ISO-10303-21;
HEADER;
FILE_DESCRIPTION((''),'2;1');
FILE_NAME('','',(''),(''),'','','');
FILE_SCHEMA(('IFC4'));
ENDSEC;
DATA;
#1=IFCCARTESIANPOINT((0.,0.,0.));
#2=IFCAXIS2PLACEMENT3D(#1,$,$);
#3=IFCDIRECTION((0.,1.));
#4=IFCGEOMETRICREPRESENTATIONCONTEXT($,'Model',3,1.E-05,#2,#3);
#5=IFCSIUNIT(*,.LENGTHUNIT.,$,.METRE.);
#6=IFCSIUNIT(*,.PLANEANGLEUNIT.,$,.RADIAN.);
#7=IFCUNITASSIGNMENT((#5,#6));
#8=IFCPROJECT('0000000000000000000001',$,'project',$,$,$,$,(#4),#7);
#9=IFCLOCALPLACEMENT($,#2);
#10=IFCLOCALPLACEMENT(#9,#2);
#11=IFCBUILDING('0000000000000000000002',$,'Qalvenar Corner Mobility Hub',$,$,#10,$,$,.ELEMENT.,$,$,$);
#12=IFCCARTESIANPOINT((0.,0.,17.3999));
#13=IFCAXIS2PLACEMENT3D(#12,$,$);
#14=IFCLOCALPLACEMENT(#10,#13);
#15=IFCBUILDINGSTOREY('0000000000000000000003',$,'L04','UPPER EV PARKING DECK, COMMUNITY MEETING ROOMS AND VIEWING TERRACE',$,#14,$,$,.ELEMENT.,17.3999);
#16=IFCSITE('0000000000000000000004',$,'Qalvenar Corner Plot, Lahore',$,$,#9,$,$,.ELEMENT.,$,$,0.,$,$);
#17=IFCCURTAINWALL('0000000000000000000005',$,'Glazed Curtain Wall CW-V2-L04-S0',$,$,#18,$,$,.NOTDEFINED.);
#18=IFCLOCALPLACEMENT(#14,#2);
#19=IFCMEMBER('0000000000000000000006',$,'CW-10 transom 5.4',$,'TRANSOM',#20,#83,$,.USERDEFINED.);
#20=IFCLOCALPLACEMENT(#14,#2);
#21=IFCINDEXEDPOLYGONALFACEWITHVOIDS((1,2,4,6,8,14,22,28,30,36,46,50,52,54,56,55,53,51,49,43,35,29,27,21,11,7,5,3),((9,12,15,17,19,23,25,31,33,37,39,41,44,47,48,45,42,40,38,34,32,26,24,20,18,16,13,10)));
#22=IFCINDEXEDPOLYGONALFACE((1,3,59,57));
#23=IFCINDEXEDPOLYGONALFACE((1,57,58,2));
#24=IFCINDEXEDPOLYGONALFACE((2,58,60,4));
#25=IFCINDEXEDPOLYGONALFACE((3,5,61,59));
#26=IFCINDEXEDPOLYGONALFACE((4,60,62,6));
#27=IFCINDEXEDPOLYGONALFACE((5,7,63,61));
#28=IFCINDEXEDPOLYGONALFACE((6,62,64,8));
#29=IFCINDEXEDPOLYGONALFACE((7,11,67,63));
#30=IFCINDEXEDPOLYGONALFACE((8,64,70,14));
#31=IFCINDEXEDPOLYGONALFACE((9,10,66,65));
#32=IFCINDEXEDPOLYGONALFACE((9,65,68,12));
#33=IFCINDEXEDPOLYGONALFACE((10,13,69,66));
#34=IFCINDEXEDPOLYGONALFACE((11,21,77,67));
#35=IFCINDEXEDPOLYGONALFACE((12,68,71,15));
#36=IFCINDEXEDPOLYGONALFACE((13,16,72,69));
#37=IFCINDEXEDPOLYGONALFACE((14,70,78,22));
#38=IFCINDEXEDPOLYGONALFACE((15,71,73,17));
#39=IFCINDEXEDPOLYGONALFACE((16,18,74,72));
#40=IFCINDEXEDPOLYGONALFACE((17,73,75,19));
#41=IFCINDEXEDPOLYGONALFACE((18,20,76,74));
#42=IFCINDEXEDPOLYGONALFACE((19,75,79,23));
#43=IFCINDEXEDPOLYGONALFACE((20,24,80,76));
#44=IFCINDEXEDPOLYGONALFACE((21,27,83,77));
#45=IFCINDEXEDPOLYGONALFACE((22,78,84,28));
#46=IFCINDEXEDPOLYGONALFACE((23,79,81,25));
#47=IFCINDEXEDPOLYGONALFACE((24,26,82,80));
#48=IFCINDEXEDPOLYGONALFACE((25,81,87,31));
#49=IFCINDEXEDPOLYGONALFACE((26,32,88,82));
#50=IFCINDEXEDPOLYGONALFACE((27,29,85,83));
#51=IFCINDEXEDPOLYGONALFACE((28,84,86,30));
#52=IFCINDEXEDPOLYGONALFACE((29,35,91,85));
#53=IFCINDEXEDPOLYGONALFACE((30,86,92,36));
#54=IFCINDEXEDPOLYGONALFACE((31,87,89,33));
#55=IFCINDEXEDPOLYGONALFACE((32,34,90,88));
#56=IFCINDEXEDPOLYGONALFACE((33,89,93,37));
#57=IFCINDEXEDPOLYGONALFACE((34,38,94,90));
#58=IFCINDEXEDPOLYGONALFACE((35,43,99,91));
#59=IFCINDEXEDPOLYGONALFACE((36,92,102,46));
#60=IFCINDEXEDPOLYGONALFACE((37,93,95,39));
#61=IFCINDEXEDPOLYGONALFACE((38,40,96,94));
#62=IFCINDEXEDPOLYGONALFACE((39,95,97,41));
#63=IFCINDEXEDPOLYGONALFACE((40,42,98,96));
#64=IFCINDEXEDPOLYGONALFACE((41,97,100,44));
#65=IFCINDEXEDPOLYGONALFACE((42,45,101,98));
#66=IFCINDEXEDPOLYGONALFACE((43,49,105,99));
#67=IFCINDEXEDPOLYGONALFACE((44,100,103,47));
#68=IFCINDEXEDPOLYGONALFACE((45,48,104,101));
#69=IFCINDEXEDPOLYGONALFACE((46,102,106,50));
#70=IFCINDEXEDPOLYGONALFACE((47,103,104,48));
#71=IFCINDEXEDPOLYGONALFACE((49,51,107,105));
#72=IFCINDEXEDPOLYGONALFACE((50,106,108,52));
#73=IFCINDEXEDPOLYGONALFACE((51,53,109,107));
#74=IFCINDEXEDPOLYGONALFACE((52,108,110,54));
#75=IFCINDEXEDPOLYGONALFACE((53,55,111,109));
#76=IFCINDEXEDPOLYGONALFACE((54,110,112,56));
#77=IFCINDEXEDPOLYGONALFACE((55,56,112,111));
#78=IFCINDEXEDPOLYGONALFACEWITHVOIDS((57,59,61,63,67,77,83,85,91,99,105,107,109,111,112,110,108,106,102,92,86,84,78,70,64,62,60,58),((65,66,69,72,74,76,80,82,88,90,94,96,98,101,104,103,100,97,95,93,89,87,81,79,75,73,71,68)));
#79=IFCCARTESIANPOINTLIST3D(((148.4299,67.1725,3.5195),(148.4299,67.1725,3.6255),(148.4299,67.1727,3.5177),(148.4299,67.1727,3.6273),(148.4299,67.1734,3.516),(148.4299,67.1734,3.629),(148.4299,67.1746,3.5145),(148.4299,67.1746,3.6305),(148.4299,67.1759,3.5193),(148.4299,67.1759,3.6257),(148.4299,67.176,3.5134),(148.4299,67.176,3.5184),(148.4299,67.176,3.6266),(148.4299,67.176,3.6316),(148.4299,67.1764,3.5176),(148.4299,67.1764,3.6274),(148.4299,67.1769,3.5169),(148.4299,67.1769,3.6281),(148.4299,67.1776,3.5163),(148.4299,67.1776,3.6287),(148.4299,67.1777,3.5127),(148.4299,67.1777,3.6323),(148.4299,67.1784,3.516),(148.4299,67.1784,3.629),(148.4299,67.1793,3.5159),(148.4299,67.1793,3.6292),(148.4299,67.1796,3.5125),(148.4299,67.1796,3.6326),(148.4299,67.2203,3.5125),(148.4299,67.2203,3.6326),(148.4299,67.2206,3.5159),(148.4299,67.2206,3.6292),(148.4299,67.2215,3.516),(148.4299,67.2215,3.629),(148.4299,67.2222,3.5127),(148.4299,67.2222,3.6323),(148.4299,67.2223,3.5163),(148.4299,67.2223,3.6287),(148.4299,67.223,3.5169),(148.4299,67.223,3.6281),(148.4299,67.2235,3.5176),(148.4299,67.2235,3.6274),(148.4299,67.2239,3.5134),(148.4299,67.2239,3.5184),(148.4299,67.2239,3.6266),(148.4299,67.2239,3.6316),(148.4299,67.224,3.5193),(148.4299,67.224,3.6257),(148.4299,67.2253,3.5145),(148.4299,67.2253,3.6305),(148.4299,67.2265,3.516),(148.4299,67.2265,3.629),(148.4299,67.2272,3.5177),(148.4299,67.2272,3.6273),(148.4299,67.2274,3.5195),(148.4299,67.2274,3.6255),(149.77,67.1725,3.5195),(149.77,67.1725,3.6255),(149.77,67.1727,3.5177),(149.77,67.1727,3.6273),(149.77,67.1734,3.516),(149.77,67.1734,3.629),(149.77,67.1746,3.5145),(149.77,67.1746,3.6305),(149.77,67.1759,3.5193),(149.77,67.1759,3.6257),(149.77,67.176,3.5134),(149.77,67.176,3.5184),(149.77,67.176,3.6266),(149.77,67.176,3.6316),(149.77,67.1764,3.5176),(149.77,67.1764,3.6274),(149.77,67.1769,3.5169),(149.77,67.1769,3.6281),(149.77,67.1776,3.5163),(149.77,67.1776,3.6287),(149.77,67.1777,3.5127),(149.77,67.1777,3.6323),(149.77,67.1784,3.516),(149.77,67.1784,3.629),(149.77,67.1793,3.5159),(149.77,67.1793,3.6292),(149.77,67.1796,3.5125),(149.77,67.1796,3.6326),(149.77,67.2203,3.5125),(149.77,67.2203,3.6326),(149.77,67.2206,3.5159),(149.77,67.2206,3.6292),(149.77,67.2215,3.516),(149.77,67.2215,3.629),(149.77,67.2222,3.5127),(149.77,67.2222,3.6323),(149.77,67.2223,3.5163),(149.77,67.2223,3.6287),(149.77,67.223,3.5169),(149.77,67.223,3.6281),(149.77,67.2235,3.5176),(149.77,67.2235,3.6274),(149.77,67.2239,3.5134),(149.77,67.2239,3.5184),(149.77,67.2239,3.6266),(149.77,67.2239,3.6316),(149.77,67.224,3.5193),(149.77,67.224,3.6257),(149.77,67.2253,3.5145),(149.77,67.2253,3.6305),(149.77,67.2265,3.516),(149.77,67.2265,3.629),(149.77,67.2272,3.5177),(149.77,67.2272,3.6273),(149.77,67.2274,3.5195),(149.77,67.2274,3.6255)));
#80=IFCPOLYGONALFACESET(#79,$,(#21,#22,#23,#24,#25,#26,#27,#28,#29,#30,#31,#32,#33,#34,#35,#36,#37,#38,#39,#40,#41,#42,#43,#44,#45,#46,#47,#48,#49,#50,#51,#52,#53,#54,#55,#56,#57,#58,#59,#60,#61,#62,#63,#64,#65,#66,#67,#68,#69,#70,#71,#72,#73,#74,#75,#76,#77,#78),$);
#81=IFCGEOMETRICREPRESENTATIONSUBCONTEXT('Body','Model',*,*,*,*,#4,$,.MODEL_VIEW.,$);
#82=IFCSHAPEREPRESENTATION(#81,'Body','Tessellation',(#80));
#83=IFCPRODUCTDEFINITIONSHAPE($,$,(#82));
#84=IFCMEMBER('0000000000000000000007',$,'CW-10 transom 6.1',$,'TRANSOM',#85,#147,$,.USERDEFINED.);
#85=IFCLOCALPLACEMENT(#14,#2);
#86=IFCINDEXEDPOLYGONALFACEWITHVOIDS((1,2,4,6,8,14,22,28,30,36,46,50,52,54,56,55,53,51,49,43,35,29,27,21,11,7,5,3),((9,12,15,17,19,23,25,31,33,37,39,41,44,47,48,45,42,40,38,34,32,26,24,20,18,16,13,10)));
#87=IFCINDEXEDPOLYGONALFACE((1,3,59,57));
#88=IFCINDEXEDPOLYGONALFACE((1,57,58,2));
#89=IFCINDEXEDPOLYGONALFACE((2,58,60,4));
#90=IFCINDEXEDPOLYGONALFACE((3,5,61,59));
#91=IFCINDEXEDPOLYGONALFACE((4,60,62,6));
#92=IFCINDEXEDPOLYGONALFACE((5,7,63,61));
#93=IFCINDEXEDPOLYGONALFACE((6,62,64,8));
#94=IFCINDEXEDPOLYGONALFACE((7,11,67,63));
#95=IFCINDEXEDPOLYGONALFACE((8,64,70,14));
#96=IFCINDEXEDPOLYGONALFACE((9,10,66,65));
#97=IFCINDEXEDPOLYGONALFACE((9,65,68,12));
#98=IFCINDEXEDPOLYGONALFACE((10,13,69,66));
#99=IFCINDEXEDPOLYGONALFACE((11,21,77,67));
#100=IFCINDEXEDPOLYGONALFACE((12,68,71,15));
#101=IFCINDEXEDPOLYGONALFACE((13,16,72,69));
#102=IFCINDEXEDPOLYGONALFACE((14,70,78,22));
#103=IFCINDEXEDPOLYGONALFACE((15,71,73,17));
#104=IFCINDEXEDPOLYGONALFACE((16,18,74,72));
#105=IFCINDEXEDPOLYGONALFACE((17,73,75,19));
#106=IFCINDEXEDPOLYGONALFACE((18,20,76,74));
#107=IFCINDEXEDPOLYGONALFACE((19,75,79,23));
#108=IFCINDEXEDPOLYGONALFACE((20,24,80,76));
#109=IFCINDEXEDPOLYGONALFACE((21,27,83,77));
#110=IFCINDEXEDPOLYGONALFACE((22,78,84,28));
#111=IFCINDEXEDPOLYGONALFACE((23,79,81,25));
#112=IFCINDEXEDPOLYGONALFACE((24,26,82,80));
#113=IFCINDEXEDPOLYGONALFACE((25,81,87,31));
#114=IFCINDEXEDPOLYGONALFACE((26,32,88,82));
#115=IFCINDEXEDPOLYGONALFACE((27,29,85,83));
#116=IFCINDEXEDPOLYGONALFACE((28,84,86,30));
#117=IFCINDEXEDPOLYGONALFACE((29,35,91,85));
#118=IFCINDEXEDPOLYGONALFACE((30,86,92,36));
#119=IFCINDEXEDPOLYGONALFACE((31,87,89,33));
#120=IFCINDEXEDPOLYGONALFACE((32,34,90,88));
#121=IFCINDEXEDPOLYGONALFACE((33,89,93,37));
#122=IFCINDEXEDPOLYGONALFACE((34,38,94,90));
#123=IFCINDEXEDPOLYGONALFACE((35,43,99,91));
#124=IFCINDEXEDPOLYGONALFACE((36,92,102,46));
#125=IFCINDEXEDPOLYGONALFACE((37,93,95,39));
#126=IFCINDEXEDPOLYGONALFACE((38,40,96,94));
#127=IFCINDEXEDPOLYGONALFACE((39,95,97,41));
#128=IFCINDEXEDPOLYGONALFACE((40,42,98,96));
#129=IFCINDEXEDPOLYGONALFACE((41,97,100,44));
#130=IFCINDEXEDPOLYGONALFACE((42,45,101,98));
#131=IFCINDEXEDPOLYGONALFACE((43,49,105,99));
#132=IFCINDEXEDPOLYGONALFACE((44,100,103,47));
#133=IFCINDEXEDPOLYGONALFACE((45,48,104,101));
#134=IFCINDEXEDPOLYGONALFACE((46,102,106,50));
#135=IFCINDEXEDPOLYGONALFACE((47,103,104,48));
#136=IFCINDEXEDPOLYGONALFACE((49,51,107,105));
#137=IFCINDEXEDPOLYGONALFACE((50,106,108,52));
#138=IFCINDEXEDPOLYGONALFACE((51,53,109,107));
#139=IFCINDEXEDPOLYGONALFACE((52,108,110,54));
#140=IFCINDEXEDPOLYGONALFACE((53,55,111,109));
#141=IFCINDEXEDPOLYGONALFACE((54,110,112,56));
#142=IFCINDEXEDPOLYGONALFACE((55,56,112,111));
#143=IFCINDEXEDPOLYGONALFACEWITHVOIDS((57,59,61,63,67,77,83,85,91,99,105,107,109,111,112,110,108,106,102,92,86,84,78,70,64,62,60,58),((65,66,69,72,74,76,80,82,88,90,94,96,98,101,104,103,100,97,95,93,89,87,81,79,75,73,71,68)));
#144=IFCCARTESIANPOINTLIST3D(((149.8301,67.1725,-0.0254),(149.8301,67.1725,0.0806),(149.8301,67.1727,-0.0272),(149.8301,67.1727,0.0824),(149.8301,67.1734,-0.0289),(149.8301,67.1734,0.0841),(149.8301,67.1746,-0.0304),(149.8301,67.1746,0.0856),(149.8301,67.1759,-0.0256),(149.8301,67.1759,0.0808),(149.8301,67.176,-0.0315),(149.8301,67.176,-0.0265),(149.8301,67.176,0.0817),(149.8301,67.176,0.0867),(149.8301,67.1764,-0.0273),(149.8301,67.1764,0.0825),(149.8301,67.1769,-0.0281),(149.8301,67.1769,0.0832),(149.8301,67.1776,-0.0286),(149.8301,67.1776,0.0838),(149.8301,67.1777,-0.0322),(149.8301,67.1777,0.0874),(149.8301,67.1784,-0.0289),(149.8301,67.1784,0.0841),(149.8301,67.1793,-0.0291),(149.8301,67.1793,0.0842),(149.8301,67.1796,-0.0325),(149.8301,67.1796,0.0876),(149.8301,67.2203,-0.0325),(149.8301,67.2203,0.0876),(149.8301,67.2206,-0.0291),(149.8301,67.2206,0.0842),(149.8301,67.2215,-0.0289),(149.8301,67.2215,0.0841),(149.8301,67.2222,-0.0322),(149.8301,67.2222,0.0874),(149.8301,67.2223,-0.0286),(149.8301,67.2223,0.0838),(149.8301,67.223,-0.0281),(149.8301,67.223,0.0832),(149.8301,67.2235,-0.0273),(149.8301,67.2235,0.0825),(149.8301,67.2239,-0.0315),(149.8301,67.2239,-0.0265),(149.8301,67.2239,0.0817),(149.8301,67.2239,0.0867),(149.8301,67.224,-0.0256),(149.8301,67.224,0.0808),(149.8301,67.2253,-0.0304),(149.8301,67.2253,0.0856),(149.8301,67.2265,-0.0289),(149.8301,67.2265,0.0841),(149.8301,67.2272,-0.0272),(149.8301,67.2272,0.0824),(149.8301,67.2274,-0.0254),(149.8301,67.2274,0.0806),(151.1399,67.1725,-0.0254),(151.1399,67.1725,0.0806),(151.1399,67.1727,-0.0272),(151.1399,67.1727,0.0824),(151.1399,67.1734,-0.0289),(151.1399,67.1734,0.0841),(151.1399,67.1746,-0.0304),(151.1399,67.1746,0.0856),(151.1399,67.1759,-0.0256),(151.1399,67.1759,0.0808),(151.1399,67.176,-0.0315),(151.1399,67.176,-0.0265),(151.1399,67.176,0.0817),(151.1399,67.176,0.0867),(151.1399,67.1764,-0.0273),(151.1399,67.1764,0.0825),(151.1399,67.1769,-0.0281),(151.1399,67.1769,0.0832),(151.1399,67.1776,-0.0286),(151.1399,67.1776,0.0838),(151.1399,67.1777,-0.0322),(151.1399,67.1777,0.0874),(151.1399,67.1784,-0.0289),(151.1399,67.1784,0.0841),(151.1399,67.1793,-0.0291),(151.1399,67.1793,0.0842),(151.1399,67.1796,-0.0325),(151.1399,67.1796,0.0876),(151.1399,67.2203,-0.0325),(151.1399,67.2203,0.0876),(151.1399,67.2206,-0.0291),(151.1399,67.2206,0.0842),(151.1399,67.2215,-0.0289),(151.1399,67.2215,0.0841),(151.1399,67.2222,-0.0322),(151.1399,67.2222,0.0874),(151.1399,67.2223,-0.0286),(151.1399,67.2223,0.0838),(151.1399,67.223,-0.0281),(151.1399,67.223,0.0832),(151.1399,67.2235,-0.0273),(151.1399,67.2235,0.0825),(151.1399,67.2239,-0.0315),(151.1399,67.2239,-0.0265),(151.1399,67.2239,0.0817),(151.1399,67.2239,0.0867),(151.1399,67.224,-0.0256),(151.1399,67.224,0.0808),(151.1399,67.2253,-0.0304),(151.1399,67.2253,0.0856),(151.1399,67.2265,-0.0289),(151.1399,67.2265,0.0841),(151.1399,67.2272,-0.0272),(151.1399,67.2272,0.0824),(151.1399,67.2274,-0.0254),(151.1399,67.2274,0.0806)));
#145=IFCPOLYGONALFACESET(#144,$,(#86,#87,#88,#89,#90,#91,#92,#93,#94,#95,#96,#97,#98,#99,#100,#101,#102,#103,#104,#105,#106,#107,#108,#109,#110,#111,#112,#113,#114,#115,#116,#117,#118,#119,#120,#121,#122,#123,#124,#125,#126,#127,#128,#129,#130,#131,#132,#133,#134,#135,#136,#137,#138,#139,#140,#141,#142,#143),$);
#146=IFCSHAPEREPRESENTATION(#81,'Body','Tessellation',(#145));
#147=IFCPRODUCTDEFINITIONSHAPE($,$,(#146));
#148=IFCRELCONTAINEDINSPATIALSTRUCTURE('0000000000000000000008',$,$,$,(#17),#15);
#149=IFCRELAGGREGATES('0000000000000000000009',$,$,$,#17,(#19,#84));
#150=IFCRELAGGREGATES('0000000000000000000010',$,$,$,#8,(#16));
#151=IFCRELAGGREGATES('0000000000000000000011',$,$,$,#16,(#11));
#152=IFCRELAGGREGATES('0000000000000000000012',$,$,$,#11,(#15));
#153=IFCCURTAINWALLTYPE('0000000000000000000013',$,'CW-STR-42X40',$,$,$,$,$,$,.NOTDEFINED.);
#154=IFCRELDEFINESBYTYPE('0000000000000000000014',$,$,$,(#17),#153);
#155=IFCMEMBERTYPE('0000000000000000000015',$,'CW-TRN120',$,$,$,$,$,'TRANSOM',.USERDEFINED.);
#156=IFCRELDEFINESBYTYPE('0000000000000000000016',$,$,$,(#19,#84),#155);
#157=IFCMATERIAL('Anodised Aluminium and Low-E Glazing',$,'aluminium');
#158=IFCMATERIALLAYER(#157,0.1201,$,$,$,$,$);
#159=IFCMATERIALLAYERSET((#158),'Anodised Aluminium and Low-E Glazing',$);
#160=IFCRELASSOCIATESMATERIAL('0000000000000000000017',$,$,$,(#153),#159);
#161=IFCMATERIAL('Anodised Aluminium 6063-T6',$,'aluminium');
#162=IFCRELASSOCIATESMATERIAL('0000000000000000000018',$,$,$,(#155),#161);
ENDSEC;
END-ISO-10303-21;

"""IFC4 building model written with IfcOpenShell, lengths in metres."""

from ifc_helpers import new_model, si_unit, direction, frame, origin, origin_2d, place, context, subcontext, project, spatial, hollow_rectangle, extrude, material, layer, layer_set, material_profile, profile_set, type_object, element, aggregate, save


model = new_model("IFC4")

# Units and contexts
model_context = context("Model", 3, precision=1e-05, world=origin(), true_north=direction((0.0, 1.0)))
body_context = subcontext(model_context, "Body", "Model", "MODEL_VIEW")
ifc_project = project(units=[si_unit("LENGTHUNIT", "METRE"), si_unit("PLANEANGLEUNIT", "RADIAN")], contexts=[model_context])

# Site, building, storey
site_placement = place(None, origin())
site = spatial("IfcSite", under=ifc_project, at=site_placement, Name="Qalvenar Corner Plot, Lahore", CompositionType="ELEMENT", RefElevation=0.0)
building_placement = place(site_placement, origin())
building = spatial("IfcBuilding", under=site, at=building_placement, Name="Qalvenar Corner Mobility Hub", CompositionType="ELEMENT")
storey_placement = place(building_placement, frame((0.0, 0.0, 17.3999)))
storey = spatial("IfcBuildingStorey", under=building, at=storey_placement, Name="L04", Description="UPPER EV PARKING DECK, COMMUNITY MEETING ROOMS AND VIEWING TERRACE", CompositionType="ELEMENT", Elevation=17.3999)

# Curtain wall
ifc_material_1 = material(Name="Anodised Aluminium and Low-E Glazing", Category="aluminium")
ifc_layer_1 = layer(ifc_material_1, 0.1201)
ifc_layer_set_1 = layer_set([ifc_layer_1], Name="Anodised Aluminium and Low-E Glazing")
curtain_wall_type = type_object("IfcCurtainWallType", Name="CW-STR-42X40", PredefinedType="NOTDEFINED", material=ifc_layer_set_1)
curtain_wall_1_placement = place(storey_placement, origin())
curtain_wall_1 = element("IfcCurtainWall", 1, at=curtain_wall_1_placement, inside=storey, type_object=curtain_wall_type, Name="Glazed Curtain Wall CW-V2-L04-S0", PredefinedType="NOTDEFINED")
ifc_material_2 = material(Name="Anodised Aluminium 6063-T6", Category="aluminium")

# Members
ifc_material_profile_1 = material_profile(ifc_material_2, hollow_rectangle(XDim=0.0549, YDim=0.1201, WallThickness=0.0034, InnerFilletRadius=0.0034, OuterFilletRadius=0.0071, at=origin_2d()), Name="RHS120x55x3.5")
ifc_profile_set_1 = profile_set([ifc_material_profile_1], Name="Anodised Aluminium 6063-T6")
member_type_1 = type_object("IfcMemberType", Name="CW-TRN120", ElementType="TRANSOM", PredefinedType="USERDEFINED", material=ifc_profile_set_1)
member_1_placement = place(storey_placement, frame((148.4299, 67.2, 3.5725), z_axis=(1.0, 0.0, 0.0), x_axis=(0.0, 1.0, 0.0)))
member_1 = element("IfcMember", 2, at=member_1_placement, type_object=member_type_1, Name="CW-10 transom 5.4", ObjectType="TRANSOM", PredefinedType="USERDEFINED", context=body_context, shape_type="SweptSolid", body=[
    extrude(hollow_rectangle(XDim=0.0549, YDim=0.1201, WallThickness=0.0034, InnerFilletRadius=0.0034, OuterFilletRadius=0.0071, at=origin_2d()), origin(), (0.0, 0.0, 1.0), 1.3401),
])
member_2_placement = place(storey_placement, frame((149.8301, 67.2, 0.0276), z_axis=(1.0, 0.0, 0.0), x_axis=(0.0, 1.0, 0.0)))
member_2 = element("IfcMember", 3, at=member_2_placement, type_object=member_type_1, Name="CW-10 transom 6.1", ObjectType="TRANSOM", PredefinedType="USERDEFINED", context=body_context, shape_type="SweptSolid", body=[
    extrude(hollow_rectangle(XDim=0.0549, YDim=0.1201, WallThickness=0.0034, InnerFilletRadius=0.0034, OuterFilletRadius=0.0071, at=origin_2d()), origin(), (0.0, 0.0, 1.0), 1.3098),
])

aggregate(curtain_wall_1, [member_1, member_2])

save(model, "model.ifc")
